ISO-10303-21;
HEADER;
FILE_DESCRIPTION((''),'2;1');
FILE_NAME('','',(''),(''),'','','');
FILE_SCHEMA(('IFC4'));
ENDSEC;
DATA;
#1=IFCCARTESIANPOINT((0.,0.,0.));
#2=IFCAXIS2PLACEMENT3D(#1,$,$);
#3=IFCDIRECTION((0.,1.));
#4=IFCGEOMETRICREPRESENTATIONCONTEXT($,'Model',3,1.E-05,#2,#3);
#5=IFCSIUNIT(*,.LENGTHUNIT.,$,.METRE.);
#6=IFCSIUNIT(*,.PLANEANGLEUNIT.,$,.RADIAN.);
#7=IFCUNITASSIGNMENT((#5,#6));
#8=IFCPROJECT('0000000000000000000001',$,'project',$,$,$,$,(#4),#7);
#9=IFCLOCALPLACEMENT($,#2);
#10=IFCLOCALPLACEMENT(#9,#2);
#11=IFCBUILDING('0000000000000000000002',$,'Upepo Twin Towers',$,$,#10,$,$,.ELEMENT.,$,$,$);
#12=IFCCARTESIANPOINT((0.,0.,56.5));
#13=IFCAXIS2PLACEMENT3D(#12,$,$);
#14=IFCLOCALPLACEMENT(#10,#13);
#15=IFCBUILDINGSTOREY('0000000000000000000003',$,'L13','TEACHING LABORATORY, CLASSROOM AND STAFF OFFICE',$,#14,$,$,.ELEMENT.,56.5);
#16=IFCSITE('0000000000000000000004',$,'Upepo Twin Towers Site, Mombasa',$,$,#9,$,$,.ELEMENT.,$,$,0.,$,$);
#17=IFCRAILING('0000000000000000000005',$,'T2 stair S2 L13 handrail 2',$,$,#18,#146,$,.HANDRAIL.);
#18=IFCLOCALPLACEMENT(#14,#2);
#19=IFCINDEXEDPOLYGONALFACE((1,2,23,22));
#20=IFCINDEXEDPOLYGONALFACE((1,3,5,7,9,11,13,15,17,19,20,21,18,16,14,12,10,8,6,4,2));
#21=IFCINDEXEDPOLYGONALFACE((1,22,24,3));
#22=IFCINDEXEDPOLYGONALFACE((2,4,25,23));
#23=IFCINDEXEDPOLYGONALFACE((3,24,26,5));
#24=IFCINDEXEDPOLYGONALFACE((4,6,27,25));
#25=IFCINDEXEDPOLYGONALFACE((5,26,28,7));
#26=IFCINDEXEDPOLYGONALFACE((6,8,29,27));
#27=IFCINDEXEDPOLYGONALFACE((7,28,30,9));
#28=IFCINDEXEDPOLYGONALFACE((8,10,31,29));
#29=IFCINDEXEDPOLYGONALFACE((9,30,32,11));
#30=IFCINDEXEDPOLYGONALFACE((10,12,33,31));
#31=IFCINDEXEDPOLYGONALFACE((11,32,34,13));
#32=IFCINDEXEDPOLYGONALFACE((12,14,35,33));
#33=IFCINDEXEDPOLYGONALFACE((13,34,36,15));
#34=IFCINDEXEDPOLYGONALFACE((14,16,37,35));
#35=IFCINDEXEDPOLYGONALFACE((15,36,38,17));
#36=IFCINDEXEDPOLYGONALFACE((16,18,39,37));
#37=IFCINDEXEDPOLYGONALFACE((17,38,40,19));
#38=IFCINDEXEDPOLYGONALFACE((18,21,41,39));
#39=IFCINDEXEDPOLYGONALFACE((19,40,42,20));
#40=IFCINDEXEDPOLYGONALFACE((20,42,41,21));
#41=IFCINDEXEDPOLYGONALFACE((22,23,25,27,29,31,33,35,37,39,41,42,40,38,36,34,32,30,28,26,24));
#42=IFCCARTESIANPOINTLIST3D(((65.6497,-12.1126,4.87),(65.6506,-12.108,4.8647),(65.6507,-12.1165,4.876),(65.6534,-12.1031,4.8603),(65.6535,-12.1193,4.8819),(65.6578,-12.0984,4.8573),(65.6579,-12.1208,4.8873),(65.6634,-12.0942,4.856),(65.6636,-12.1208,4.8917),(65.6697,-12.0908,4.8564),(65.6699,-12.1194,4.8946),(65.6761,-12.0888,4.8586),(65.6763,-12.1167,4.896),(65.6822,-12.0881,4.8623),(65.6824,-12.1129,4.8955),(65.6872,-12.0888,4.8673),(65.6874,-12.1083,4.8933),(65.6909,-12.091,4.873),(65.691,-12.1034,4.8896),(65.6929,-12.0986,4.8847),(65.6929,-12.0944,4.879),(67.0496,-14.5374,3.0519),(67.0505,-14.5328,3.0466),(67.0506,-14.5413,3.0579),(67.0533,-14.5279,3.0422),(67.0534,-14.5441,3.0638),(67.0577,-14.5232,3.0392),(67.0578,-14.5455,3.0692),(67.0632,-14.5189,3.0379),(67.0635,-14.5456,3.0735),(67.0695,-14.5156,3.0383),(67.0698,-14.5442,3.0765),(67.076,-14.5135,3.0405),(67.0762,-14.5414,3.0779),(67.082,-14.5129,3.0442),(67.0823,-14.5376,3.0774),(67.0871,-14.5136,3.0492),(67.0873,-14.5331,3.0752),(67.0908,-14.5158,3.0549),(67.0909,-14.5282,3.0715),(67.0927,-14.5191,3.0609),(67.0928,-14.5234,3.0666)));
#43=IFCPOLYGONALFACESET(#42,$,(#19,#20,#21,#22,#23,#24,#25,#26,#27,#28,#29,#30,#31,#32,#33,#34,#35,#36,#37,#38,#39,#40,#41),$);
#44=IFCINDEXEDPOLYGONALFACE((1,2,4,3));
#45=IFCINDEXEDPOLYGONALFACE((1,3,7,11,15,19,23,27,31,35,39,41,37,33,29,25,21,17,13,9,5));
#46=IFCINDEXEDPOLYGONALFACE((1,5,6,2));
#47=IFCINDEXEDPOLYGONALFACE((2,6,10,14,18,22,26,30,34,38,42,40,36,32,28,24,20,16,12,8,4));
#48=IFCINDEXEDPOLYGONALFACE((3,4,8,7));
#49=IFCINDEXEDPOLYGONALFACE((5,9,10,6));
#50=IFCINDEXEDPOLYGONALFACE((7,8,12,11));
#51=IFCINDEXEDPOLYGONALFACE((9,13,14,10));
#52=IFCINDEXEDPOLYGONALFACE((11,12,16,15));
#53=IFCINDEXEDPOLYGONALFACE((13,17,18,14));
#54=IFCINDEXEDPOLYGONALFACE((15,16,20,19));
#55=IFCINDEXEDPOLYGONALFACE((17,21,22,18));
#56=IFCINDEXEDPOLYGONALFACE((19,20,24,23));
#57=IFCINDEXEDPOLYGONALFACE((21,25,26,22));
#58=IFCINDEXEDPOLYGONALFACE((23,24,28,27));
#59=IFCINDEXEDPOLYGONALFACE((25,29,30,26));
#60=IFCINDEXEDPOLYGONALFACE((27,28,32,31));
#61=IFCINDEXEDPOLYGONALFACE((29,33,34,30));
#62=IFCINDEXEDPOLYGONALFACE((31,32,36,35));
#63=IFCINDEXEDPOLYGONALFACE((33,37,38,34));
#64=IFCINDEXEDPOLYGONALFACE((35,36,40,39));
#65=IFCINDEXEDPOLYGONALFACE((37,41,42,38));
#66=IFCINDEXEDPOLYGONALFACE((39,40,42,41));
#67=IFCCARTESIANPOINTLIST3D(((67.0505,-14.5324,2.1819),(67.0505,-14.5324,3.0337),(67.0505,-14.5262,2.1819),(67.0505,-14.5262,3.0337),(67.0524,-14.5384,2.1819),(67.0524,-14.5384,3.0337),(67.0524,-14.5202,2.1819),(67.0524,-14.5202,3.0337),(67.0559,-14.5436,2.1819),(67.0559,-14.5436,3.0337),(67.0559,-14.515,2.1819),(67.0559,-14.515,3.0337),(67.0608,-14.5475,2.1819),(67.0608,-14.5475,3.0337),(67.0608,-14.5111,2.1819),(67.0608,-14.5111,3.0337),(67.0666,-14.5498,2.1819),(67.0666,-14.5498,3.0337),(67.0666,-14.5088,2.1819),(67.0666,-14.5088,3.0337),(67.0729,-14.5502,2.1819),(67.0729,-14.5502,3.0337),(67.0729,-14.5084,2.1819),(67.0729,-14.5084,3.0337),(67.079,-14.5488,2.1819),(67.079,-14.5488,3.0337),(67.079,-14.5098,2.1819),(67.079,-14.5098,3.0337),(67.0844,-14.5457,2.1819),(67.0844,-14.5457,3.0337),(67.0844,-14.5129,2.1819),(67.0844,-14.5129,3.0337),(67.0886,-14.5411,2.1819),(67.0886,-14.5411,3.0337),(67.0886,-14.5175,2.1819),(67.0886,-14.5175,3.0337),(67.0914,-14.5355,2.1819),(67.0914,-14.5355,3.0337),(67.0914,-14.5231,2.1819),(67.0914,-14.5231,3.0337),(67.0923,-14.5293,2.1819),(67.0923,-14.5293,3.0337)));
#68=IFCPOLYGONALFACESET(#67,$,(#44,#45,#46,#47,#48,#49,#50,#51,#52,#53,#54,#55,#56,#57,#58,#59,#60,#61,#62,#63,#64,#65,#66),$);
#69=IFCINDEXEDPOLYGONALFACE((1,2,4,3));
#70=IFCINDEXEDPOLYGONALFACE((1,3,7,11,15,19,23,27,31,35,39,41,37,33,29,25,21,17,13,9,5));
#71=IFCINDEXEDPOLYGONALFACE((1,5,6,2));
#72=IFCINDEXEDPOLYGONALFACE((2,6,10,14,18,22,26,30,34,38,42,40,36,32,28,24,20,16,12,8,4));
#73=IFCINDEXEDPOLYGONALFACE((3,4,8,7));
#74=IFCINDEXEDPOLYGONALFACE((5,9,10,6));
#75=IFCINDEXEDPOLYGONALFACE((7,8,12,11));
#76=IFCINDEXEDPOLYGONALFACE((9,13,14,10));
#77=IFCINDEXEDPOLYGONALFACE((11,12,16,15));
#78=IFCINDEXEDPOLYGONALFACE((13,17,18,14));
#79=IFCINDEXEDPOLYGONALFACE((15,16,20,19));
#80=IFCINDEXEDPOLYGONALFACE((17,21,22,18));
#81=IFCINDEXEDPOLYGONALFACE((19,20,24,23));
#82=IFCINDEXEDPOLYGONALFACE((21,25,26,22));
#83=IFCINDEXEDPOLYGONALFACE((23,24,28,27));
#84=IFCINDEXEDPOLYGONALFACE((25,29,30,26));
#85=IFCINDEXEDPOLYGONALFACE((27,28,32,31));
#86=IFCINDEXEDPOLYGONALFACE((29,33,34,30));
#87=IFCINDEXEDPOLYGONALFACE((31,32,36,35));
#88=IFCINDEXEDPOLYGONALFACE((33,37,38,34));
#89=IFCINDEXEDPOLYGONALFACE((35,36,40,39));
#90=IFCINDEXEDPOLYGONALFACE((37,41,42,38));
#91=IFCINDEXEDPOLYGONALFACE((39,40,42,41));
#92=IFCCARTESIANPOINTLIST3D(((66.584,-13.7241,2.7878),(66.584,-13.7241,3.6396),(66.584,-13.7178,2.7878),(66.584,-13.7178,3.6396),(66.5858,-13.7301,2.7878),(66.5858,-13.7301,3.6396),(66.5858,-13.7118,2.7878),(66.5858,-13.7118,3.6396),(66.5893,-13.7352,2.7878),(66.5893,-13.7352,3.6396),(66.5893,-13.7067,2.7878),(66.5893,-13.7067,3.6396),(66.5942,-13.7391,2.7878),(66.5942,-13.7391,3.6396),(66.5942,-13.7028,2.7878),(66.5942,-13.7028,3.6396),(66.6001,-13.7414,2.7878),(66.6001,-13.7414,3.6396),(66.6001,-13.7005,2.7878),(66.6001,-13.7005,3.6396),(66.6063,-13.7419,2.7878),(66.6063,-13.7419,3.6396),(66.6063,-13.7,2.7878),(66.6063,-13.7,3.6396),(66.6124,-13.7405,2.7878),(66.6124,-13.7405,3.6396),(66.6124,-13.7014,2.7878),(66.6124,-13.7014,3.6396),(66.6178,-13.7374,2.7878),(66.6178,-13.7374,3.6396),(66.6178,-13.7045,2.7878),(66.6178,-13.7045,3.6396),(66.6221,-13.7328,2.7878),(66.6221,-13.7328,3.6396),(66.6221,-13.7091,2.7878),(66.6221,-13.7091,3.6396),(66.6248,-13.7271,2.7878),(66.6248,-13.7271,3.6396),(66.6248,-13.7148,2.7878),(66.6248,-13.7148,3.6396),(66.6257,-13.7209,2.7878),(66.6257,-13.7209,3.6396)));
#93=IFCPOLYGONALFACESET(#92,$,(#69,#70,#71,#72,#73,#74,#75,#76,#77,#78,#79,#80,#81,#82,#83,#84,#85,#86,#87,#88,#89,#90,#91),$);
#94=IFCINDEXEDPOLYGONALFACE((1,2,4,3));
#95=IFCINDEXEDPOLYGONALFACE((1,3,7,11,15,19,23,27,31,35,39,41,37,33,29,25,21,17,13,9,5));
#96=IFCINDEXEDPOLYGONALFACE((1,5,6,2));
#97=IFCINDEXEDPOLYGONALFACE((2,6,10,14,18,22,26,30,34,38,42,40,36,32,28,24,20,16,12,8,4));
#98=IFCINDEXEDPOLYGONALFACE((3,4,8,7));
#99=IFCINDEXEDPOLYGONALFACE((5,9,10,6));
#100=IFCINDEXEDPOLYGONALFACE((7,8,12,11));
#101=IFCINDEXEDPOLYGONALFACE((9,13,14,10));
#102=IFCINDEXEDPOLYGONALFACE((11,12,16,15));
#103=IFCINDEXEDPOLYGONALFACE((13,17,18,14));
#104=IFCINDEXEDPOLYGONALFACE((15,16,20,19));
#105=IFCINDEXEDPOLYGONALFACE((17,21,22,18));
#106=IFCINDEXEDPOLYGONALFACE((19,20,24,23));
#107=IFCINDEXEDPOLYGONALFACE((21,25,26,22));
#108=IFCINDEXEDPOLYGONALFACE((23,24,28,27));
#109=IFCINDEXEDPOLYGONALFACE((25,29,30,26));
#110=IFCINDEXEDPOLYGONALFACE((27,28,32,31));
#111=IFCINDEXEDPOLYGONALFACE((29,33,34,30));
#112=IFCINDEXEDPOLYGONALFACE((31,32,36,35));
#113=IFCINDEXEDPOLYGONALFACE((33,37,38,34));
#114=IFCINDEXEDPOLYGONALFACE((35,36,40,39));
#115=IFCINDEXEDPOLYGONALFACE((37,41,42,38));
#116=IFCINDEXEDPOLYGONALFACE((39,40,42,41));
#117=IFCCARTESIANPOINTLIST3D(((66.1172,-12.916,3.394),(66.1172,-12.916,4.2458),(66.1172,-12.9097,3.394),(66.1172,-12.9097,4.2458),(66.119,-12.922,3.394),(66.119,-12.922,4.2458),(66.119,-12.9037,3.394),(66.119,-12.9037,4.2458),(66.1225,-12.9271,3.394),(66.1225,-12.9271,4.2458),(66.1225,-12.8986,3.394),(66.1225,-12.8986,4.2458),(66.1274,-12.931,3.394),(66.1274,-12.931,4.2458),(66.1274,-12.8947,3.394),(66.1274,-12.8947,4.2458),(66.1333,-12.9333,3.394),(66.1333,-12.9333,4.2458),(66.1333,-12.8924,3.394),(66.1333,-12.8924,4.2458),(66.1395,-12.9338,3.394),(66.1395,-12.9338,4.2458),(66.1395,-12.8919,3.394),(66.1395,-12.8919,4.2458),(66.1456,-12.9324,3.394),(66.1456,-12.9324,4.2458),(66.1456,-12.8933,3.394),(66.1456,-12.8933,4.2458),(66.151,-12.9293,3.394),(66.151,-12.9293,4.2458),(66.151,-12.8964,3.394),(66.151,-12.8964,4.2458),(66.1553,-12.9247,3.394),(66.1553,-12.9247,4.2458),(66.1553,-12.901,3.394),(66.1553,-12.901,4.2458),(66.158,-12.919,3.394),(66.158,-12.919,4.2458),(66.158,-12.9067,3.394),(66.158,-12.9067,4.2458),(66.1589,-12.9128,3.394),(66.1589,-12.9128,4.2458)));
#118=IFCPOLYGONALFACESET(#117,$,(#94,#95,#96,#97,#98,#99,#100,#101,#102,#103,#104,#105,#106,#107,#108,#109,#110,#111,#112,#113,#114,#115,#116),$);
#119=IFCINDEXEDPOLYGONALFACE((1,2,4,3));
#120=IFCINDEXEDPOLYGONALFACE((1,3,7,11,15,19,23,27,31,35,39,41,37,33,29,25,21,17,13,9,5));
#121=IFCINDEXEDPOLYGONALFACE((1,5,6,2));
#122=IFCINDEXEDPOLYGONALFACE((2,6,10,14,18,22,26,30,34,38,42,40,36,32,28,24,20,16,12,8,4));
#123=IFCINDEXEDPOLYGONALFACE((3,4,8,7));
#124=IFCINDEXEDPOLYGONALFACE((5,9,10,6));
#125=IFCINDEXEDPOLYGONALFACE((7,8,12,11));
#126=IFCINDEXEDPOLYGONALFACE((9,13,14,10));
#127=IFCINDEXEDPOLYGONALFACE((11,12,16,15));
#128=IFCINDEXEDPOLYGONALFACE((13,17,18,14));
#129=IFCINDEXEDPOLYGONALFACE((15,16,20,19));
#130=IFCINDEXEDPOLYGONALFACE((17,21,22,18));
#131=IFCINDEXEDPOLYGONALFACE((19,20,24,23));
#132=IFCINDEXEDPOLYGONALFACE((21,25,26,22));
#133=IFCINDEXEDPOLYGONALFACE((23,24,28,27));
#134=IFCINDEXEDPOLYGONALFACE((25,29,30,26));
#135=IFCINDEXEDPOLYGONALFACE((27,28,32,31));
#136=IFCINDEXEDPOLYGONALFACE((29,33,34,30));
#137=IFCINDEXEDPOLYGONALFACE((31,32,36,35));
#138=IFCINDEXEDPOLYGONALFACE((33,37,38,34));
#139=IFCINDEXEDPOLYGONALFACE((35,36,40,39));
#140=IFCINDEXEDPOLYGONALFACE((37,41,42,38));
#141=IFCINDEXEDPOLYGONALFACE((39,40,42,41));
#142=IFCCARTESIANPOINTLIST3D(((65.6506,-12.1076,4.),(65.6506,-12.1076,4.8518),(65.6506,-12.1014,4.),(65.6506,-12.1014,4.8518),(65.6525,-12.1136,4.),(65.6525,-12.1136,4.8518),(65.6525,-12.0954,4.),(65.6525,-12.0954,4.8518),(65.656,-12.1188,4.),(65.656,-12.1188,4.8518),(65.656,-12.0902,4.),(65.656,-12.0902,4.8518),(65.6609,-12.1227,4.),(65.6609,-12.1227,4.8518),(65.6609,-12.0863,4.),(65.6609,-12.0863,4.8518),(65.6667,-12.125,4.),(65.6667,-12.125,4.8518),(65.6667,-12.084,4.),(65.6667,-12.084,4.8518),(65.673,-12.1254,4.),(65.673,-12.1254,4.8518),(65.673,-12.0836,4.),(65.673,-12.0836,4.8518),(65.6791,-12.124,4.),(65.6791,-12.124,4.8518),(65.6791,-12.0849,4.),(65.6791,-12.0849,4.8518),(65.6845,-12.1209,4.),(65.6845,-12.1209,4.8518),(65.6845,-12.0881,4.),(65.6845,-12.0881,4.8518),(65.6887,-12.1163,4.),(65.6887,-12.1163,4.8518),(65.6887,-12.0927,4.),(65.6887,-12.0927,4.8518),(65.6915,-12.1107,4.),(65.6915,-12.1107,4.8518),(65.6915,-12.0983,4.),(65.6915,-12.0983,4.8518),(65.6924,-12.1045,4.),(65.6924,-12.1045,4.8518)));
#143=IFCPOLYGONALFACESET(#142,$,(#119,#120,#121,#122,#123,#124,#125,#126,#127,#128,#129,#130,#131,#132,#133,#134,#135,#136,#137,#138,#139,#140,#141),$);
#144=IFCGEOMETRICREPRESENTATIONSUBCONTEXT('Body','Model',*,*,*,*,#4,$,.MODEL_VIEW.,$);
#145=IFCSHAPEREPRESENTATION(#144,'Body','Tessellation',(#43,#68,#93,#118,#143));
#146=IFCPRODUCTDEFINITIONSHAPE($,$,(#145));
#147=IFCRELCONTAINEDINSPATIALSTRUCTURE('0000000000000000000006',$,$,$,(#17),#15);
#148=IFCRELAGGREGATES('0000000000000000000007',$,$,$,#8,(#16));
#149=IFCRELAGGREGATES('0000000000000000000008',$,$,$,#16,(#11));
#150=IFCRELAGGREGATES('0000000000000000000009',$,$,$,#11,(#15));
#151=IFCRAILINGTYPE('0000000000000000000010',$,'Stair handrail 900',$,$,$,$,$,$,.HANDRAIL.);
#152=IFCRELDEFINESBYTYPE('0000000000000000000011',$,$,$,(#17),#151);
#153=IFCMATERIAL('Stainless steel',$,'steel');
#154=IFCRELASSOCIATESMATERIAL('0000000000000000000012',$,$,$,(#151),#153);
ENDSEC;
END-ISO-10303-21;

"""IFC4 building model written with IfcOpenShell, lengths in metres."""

from ifc_helpers import new_model, si_unit, direction, frame, origin, origin_2d, place, context, subcontext, project, spatial, circle, extrude, material, type_object, element, save


model = new_model("IFC4")

# Units and contexts
model_context = context("Model", 3, precision=1e-05, world=origin(), true_north=direction((0.0, 1.0)))
body_context = subcontext(model_context, "Body", "Model", "MODEL_VIEW")
ifc_project = project(units=[si_unit("LENGTHUNIT", "METRE"), si_unit("PLANEANGLEUNIT", "RADIAN")], contexts=[model_context])

# Site, building, storey
site_placement = place(None, origin())
site = spatial("IfcSite", under=ifc_project, at=site_placement, Name="Upepo Twin Towers Site, Mombasa", CompositionType="ELEMENT", RefElevation=0.0)
building_placement = place(site_placement, origin())
building = spatial("IfcBuilding", under=site, at=building_placement, Name="Upepo Twin Towers", CompositionType="ELEMENT")
storey_placement = place(building_placement, frame((0.0, 0.0, 56.5)))
storey = spatial("IfcBuildingStorey", under=building, at=storey_placement, Name="L13", Description="TEACHING LABORATORY, CLASSROOM AND STAFF OFFICE", CompositionType="ELEMENT", Elevation=56.5)

# Railing
ifc_material_1 = material(Name="Stainless steel", Category="steel")
railing_type = type_object("IfcRailingType", Name="Stair handrail 900", PredefinedType="HANDRAIL", material=ifc_material_1)
railing_1_placement = place(storey_placement, frame((67.0713, -14.5293, 2.1819)))
element("IfcRailing", 1, at=railing_1_placement, inside=storey, type_object=railing_type, Name="T2 stair S2 L13 handrail 2", PredefinedType="HANDRAIL", context=body_context, shape_type="SweptSolid", body=[
    extrude(circle(Radius=0.0239, at=origin_2d()), frame((0.0, 0.0, 0.876), z_axis=(-0.419333, 0.726336, 0.544606), x_axis=(-0.866035, -0.499984, 0.0)), (0.0, 0.0, 1.0), 3.3384),
    extrude(circle(Radius=0.021, at=origin_2d()), origin(), (0.0, 0.0, 1.0), 0.8518),
    extrude(circle(Radius=0.021, at=origin_2d()), frame((-0.4666, 0.8083, 0.606)), (0.0, 0.0, 1.0), 0.8518),
    extrude(circle(Radius=0.021, at=origin_2d()), frame((-0.9333, 1.6165, 1.2122)), (0.0, 0.0, 1.0), 0.8518),
    extrude(circle(Radius=0.021, at=origin_2d()), frame((-1.3999, 2.4248, 1.8181)), (0.0, 0.0, 1.0), 0.8518),
])

save(model, "model.ifc")
